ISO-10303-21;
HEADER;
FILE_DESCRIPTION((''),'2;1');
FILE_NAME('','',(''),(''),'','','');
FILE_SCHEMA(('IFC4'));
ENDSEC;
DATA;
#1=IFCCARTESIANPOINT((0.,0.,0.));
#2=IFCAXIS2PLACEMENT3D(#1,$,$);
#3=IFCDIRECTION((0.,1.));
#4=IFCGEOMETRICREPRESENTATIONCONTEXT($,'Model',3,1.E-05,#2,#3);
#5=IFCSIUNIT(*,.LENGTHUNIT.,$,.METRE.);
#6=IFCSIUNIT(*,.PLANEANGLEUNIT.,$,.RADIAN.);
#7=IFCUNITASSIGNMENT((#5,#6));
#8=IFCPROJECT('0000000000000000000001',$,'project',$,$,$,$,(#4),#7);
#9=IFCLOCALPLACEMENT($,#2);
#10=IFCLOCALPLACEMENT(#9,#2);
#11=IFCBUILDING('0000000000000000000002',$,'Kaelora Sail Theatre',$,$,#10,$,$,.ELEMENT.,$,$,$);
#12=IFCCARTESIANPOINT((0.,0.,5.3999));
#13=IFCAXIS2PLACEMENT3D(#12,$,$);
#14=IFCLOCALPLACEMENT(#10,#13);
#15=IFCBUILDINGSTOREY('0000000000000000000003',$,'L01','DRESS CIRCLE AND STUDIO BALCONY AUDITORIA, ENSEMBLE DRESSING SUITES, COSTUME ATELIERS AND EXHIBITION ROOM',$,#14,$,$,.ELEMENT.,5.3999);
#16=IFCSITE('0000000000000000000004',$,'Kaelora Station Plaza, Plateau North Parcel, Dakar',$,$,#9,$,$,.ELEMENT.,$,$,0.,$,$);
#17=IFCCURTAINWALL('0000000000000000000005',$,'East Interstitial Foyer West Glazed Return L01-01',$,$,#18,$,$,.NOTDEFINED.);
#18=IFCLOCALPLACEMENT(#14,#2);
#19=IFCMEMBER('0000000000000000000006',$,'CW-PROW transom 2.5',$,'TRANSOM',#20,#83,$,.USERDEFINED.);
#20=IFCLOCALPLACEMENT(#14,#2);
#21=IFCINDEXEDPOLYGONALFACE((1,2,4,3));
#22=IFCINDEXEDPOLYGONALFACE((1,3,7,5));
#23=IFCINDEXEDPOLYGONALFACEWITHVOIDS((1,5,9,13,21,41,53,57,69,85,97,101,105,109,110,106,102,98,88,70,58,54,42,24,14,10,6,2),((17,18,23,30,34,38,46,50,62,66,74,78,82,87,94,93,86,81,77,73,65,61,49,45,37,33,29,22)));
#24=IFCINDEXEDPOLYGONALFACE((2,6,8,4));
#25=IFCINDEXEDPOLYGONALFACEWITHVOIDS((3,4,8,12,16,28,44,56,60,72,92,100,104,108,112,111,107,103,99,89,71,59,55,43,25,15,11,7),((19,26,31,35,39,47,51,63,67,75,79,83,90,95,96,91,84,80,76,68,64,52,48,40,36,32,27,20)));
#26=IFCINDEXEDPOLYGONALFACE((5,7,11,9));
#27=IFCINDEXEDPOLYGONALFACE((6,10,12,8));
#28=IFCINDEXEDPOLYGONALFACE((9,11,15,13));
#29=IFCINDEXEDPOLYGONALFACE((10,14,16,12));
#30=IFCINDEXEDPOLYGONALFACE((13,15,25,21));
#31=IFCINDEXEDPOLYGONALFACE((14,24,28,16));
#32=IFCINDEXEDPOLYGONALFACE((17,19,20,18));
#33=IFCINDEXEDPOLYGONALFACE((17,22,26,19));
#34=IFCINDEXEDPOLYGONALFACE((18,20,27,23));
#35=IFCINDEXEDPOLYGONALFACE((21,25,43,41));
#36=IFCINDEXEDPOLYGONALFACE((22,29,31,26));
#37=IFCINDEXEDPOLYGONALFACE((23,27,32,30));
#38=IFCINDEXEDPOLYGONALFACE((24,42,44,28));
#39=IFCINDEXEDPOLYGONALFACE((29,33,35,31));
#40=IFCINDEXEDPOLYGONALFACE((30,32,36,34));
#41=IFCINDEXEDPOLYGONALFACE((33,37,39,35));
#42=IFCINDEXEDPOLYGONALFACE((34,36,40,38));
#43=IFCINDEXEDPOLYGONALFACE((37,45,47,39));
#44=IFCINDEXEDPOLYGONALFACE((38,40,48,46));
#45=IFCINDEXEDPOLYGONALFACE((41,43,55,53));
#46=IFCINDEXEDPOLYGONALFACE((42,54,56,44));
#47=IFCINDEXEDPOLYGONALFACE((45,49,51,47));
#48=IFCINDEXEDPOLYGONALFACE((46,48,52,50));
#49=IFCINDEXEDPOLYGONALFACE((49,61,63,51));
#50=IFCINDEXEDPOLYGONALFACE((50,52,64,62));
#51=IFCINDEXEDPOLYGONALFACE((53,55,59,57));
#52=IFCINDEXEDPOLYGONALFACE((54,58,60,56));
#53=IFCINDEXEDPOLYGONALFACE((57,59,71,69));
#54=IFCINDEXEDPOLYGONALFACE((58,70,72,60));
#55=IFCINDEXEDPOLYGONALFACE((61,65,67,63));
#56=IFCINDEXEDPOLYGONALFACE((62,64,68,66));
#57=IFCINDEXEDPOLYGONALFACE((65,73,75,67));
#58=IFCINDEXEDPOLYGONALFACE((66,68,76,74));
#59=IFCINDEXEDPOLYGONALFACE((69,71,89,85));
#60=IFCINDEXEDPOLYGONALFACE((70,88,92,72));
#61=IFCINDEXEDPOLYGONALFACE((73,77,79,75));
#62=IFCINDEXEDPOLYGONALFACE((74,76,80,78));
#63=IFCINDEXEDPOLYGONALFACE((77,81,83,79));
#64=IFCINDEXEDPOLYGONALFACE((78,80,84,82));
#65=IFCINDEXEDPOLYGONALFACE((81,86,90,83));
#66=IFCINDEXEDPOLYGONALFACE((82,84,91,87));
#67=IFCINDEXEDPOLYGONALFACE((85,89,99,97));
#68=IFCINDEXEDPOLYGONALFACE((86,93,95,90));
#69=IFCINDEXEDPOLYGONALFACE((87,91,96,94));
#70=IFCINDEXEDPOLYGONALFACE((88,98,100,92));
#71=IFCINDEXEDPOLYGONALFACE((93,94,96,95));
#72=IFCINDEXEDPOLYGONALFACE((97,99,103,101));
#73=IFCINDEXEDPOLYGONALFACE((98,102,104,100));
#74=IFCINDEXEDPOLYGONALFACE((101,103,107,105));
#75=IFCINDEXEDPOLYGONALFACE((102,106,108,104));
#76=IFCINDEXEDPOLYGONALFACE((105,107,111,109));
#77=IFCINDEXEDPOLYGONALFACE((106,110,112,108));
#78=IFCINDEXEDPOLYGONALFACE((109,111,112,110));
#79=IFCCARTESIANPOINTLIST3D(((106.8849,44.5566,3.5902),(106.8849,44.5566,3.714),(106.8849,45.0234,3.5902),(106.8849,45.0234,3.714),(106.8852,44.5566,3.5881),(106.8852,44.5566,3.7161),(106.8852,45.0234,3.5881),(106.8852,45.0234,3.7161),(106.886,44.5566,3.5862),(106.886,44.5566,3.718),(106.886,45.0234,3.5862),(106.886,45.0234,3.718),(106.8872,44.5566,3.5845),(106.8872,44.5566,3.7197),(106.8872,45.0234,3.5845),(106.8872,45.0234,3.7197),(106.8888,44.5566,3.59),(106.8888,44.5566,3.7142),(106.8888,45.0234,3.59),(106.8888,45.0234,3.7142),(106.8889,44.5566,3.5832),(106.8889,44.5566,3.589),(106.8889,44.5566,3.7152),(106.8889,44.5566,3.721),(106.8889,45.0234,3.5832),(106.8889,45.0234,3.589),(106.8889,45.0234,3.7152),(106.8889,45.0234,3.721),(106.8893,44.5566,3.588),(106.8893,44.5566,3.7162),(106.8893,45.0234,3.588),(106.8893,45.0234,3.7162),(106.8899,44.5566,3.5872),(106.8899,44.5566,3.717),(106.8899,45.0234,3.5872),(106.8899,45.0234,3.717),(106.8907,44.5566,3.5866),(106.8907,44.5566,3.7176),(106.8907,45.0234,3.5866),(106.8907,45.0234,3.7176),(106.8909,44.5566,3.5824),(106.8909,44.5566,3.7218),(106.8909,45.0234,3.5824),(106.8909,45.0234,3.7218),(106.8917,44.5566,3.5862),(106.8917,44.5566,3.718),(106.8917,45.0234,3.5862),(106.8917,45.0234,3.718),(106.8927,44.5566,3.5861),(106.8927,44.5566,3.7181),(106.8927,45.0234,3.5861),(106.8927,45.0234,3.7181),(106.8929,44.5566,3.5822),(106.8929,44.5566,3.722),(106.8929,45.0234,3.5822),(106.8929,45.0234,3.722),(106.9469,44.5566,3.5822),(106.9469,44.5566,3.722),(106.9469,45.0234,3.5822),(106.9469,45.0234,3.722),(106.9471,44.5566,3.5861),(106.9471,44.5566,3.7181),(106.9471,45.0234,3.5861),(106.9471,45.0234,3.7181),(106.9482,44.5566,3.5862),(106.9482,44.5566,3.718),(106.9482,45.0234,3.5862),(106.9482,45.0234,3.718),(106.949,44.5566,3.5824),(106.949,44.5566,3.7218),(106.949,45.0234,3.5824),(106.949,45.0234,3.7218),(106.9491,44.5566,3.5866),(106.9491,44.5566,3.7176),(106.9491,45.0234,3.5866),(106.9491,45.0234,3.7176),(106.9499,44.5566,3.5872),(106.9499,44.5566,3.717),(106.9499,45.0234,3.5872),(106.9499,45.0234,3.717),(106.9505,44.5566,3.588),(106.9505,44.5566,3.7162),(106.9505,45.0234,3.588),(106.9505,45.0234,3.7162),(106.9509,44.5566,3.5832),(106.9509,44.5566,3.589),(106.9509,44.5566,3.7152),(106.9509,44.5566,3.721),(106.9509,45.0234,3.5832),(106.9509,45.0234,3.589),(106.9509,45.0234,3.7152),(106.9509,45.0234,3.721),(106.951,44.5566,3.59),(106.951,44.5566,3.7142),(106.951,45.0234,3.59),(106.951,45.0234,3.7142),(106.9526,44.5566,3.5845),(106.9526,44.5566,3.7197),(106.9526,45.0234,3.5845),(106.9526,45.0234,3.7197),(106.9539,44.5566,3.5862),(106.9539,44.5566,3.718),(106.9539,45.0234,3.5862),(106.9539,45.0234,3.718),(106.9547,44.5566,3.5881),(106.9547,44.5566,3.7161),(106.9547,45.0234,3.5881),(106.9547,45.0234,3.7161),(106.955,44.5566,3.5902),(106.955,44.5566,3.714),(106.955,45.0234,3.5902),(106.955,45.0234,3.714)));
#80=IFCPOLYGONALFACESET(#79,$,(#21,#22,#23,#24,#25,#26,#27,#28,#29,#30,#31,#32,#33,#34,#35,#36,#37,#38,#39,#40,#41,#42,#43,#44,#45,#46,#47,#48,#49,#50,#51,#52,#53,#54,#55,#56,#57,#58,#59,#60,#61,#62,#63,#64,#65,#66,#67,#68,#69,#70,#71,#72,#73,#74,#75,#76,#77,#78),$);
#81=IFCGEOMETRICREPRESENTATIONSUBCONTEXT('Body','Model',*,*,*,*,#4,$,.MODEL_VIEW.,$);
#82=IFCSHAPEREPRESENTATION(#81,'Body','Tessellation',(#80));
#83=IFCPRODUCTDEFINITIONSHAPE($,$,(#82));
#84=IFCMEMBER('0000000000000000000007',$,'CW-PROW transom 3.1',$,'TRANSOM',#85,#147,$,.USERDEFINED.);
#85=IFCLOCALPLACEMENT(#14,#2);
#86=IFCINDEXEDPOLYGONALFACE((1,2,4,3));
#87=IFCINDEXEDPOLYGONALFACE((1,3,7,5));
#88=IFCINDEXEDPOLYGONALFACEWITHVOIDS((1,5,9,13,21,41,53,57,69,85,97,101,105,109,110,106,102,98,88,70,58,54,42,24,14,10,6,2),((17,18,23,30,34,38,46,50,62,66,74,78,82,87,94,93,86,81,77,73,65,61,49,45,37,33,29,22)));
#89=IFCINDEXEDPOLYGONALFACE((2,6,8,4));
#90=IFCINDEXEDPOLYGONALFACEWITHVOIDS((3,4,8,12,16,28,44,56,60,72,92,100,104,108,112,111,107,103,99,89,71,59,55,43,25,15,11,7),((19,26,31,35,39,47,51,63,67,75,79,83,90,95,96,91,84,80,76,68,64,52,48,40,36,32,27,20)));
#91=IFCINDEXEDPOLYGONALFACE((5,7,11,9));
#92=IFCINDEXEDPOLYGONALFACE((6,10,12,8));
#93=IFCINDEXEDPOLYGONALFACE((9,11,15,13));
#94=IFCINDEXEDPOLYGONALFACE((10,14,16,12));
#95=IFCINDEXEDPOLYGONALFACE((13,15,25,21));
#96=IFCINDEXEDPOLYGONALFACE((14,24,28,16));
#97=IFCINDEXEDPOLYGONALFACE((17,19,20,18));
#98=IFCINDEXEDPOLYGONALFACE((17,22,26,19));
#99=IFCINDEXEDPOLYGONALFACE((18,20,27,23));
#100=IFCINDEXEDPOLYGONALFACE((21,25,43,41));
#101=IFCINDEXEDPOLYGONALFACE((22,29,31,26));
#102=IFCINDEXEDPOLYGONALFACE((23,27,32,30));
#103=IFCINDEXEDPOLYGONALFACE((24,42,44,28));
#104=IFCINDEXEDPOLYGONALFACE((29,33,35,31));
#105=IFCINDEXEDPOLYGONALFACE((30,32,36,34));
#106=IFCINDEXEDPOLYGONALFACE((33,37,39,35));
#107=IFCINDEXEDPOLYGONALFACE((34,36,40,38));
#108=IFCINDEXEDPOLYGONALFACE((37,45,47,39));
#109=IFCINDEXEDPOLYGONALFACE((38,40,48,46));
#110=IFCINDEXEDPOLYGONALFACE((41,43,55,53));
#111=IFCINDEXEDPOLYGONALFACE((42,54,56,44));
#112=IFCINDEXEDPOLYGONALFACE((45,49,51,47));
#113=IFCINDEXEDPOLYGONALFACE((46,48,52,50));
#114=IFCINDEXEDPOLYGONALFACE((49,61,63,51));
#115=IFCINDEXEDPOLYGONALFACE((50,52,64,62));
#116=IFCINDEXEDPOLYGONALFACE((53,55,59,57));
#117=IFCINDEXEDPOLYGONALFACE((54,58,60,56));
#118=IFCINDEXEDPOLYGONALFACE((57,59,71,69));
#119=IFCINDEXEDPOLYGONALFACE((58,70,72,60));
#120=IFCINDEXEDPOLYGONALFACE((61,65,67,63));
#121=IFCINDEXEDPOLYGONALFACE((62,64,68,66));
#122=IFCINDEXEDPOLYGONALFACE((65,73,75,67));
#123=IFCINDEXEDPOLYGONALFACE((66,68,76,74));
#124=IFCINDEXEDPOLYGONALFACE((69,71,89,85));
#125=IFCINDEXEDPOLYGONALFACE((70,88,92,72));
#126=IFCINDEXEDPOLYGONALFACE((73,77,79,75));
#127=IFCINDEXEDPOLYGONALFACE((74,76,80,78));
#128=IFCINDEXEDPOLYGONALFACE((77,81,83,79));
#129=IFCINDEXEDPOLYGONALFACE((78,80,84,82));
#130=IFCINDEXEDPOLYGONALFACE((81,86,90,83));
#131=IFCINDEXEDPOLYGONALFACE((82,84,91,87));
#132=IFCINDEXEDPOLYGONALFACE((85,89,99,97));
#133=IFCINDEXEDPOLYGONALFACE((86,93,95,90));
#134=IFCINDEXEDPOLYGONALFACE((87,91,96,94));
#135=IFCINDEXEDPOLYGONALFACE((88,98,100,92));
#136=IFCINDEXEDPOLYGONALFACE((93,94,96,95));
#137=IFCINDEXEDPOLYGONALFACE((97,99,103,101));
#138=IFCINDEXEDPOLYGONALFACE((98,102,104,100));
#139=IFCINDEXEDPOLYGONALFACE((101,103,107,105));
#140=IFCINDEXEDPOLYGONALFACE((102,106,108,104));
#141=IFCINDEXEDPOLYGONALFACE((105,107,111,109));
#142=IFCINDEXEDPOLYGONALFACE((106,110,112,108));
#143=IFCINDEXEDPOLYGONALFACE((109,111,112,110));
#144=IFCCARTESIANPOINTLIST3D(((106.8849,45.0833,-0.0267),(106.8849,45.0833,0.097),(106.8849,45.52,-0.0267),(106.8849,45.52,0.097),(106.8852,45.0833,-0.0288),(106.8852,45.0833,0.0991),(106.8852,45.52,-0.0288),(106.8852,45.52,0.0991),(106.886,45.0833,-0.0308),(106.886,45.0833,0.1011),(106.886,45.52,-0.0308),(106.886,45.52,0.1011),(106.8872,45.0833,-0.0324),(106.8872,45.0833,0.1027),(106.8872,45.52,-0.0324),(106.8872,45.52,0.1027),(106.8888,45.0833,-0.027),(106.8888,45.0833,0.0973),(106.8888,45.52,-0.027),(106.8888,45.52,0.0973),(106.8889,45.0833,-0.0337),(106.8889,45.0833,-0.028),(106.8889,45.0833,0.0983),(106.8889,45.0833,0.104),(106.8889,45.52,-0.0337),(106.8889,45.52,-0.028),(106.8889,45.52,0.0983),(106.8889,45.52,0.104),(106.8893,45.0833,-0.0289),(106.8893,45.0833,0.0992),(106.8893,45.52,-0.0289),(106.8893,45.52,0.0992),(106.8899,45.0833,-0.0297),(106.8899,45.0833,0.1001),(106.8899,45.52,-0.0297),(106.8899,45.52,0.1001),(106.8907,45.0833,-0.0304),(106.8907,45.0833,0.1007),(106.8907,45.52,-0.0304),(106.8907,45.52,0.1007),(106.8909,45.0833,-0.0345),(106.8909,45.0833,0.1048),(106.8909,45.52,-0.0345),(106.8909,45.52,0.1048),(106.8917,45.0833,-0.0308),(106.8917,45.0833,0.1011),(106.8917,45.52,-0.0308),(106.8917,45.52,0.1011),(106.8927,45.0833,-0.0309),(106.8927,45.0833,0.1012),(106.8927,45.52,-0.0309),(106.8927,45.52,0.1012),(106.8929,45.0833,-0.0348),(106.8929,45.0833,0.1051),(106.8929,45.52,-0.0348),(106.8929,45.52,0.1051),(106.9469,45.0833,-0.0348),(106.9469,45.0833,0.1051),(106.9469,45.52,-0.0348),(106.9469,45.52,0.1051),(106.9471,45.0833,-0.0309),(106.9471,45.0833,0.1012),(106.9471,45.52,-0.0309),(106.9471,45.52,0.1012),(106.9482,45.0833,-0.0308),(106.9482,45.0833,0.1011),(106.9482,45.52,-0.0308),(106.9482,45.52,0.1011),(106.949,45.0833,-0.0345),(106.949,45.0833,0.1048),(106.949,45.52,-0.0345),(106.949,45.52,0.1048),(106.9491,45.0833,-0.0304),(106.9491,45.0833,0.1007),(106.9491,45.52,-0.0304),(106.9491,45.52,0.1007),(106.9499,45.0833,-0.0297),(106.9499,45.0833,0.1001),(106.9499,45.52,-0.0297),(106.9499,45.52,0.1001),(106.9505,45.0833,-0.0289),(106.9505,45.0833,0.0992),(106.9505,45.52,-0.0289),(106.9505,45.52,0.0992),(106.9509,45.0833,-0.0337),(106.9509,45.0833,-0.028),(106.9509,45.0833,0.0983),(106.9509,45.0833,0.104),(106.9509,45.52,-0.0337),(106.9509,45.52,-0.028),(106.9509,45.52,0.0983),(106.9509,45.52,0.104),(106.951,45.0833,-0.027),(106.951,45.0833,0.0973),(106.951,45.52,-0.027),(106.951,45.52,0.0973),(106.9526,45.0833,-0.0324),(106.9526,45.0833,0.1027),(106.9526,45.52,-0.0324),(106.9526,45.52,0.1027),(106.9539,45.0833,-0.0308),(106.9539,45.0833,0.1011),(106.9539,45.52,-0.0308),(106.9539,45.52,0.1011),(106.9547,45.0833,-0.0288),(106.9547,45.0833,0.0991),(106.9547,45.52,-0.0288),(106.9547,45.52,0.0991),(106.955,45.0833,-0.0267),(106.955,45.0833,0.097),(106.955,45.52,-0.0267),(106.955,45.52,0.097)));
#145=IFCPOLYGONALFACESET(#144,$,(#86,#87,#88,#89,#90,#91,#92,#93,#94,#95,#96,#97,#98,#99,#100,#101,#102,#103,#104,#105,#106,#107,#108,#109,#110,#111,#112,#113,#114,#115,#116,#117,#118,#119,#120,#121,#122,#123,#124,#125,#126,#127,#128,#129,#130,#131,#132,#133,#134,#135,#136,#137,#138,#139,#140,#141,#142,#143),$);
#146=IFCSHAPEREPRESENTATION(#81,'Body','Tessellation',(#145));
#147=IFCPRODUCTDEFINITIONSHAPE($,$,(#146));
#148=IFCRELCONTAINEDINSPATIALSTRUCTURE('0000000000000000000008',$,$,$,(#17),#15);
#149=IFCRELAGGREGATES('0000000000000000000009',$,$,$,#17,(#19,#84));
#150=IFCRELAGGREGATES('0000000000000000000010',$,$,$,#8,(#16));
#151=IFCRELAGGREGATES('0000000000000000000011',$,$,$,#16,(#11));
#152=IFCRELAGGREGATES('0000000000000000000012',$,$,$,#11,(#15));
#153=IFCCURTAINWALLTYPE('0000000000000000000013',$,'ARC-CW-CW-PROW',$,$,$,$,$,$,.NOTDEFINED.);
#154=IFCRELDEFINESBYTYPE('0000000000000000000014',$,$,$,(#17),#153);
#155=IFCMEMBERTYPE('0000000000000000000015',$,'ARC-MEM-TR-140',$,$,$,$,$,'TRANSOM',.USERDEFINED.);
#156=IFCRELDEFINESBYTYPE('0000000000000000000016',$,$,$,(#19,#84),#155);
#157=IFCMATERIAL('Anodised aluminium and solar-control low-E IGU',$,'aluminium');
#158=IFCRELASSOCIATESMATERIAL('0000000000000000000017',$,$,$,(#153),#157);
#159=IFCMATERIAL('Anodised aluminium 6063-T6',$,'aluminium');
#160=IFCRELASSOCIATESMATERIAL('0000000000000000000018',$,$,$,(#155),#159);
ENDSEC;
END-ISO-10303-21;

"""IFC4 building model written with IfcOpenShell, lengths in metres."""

from ifc_helpers import new_model, si_unit, direction, frame, origin, origin_2d, place, context, subcontext, project, spatial, hollow_rectangle, extrude, material, material_profile, profile_set, type_object, element, aggregate, save


model = new_model("IFC4")

# Units and contexts
model_context = context("Model", 3, precision=1e-05, world=origin(), true_north=direction((0.0, 1.0)))
body_context = subcontext(model_context, "Body", "Model", "MODEL_VIEW")
ifc_project = project(units=[si_unit("LENGTHUNIT", "METRE"), si_unit("PLANEANGLEUNIT", "RADIAN")], contexts=[model_context])

# Site, building, storey
site_placement = place(None, origin())
site = spatial("IfcSite", under=ifc_project, at=site_placement, Name="Kaelora Station Plaza, Plateau North Parcel, Dakar", CompositionType="ELEMENT", RefElevation=0.0)
building_placement = place(site_placement, origin())
building = spatial("IfcBuilding", under=site, at=building_placement, Name="Kaelora Sail Theatre", CompositionType="ELEMENT")
storey_placement = place(building_placement, frame((0.0, 0.0, 5.3999)))
storey = spatial("IfcBuildingStorey", under=building, at=storey_placement, Name="L01", Description="DRESS CIRCLE AND STUDIO BALCONY AUDITORIA, ENSEMBLE DRESSING SUITES, COSTUME ATELIERS AND EXHIBITION ROOM", CompositionType="ELEMENT", Elevation=5.3999)

# Curtain wall, members
ifc_material_1 = material(Name="Anodised aluminium and solar-control low-E IGU", Category="aluminium")
curtain_wall_type = type_object("IfcCurtainWallType", Name="ARC-CW-CW-PROW", PredefinedType="NOTDEFINED", material=ifc_material_1)
curtain_wall_placement = place(storey_placement, origin())
curtain_wall = element("IfcCurtainWall", 1, at=curtain_wall_placement, inside=storey, type_object=curtain_wall_type, Name="East Interstitial Foyer West Glazed Return L01-01", PredefinedType="NOTDEFINED")
ifc_material_2 = material(Name="Anodised aluminium 6063-T6", Category="aluminium")
ifc_material_profile_1 = material_profile(ifc_material_2, hollow_rectangle(XDim=0.0701, YDim=0.1399, WallThickness=0.0039, InnerFilletRadius=0.0039, OuterFilletRadius=0.0081, at=origin_2d()), Name="ALU-TRAN 70x140x4")
ifc_profile_set_1 = profile_set([ifc_material_profile_1], Name="Anodised aluminium 6063-T6")
member_type_1 = type_object("IfcMemberType", Name="ARC-MEM-TR-140", ElementType="TRANSOM", PredefinedType="USERDEFINED", material=ifc_profile_set_1)
member_1_placement = place(storey_placement, frame((106.9199, 44.5566, 3.6521), z_axis=(0.0, 1.0, 0.0), x_axis=(-1.0, 0.0, 0.0)))
member_1 = element("IfcMember", 2, at=member_1_placement, type_object=member_type_1, Name="CW-PROW transom 2.5", ObjectType="TRANSOM", PredefinedType="USERDEFINED", context=body_context, shape_type="SweptSolid", body=[
    extrude(hollow_rectangle(XDim=0.0701, YDim=0.1399, WallThickness=0.0039, InnerFilletRadius=0.0039, OuterFilletRadius=0.0081, at=origin_2d()), origin(), (0.0, 0.0, 1.0), 0.4668),
])
member_2_placement = place(storey_placement, frame((106.9199, 45.0833, 0.0352), z_axis=(0.0, 1.0, 0.0), x_axis=(-1.0, 0.0, 0.0)))
member_2 = element("IfcMember", 3, at=member_2_placement, type_object=member_type_1, Name="CW-PROW transom 3.1", ObjectType="TRANSOM", PredefinedType="USERDEFINED", context=body_context, shape_type="SweptSolid", body=[
    extrude(hollow_rectangle(XDim=0.0701, YDim=0.1399, WallThickness=0.0039, InnerFilletRadius=0.0039, OuterFilletRadius=0.0081, at=origin_2d()), origin(), (0.0, 0.0, 1.0), 0.4368),
])

aggregate(curtain_wall, [member_1, member_2])

save(model, "model.ifc")
